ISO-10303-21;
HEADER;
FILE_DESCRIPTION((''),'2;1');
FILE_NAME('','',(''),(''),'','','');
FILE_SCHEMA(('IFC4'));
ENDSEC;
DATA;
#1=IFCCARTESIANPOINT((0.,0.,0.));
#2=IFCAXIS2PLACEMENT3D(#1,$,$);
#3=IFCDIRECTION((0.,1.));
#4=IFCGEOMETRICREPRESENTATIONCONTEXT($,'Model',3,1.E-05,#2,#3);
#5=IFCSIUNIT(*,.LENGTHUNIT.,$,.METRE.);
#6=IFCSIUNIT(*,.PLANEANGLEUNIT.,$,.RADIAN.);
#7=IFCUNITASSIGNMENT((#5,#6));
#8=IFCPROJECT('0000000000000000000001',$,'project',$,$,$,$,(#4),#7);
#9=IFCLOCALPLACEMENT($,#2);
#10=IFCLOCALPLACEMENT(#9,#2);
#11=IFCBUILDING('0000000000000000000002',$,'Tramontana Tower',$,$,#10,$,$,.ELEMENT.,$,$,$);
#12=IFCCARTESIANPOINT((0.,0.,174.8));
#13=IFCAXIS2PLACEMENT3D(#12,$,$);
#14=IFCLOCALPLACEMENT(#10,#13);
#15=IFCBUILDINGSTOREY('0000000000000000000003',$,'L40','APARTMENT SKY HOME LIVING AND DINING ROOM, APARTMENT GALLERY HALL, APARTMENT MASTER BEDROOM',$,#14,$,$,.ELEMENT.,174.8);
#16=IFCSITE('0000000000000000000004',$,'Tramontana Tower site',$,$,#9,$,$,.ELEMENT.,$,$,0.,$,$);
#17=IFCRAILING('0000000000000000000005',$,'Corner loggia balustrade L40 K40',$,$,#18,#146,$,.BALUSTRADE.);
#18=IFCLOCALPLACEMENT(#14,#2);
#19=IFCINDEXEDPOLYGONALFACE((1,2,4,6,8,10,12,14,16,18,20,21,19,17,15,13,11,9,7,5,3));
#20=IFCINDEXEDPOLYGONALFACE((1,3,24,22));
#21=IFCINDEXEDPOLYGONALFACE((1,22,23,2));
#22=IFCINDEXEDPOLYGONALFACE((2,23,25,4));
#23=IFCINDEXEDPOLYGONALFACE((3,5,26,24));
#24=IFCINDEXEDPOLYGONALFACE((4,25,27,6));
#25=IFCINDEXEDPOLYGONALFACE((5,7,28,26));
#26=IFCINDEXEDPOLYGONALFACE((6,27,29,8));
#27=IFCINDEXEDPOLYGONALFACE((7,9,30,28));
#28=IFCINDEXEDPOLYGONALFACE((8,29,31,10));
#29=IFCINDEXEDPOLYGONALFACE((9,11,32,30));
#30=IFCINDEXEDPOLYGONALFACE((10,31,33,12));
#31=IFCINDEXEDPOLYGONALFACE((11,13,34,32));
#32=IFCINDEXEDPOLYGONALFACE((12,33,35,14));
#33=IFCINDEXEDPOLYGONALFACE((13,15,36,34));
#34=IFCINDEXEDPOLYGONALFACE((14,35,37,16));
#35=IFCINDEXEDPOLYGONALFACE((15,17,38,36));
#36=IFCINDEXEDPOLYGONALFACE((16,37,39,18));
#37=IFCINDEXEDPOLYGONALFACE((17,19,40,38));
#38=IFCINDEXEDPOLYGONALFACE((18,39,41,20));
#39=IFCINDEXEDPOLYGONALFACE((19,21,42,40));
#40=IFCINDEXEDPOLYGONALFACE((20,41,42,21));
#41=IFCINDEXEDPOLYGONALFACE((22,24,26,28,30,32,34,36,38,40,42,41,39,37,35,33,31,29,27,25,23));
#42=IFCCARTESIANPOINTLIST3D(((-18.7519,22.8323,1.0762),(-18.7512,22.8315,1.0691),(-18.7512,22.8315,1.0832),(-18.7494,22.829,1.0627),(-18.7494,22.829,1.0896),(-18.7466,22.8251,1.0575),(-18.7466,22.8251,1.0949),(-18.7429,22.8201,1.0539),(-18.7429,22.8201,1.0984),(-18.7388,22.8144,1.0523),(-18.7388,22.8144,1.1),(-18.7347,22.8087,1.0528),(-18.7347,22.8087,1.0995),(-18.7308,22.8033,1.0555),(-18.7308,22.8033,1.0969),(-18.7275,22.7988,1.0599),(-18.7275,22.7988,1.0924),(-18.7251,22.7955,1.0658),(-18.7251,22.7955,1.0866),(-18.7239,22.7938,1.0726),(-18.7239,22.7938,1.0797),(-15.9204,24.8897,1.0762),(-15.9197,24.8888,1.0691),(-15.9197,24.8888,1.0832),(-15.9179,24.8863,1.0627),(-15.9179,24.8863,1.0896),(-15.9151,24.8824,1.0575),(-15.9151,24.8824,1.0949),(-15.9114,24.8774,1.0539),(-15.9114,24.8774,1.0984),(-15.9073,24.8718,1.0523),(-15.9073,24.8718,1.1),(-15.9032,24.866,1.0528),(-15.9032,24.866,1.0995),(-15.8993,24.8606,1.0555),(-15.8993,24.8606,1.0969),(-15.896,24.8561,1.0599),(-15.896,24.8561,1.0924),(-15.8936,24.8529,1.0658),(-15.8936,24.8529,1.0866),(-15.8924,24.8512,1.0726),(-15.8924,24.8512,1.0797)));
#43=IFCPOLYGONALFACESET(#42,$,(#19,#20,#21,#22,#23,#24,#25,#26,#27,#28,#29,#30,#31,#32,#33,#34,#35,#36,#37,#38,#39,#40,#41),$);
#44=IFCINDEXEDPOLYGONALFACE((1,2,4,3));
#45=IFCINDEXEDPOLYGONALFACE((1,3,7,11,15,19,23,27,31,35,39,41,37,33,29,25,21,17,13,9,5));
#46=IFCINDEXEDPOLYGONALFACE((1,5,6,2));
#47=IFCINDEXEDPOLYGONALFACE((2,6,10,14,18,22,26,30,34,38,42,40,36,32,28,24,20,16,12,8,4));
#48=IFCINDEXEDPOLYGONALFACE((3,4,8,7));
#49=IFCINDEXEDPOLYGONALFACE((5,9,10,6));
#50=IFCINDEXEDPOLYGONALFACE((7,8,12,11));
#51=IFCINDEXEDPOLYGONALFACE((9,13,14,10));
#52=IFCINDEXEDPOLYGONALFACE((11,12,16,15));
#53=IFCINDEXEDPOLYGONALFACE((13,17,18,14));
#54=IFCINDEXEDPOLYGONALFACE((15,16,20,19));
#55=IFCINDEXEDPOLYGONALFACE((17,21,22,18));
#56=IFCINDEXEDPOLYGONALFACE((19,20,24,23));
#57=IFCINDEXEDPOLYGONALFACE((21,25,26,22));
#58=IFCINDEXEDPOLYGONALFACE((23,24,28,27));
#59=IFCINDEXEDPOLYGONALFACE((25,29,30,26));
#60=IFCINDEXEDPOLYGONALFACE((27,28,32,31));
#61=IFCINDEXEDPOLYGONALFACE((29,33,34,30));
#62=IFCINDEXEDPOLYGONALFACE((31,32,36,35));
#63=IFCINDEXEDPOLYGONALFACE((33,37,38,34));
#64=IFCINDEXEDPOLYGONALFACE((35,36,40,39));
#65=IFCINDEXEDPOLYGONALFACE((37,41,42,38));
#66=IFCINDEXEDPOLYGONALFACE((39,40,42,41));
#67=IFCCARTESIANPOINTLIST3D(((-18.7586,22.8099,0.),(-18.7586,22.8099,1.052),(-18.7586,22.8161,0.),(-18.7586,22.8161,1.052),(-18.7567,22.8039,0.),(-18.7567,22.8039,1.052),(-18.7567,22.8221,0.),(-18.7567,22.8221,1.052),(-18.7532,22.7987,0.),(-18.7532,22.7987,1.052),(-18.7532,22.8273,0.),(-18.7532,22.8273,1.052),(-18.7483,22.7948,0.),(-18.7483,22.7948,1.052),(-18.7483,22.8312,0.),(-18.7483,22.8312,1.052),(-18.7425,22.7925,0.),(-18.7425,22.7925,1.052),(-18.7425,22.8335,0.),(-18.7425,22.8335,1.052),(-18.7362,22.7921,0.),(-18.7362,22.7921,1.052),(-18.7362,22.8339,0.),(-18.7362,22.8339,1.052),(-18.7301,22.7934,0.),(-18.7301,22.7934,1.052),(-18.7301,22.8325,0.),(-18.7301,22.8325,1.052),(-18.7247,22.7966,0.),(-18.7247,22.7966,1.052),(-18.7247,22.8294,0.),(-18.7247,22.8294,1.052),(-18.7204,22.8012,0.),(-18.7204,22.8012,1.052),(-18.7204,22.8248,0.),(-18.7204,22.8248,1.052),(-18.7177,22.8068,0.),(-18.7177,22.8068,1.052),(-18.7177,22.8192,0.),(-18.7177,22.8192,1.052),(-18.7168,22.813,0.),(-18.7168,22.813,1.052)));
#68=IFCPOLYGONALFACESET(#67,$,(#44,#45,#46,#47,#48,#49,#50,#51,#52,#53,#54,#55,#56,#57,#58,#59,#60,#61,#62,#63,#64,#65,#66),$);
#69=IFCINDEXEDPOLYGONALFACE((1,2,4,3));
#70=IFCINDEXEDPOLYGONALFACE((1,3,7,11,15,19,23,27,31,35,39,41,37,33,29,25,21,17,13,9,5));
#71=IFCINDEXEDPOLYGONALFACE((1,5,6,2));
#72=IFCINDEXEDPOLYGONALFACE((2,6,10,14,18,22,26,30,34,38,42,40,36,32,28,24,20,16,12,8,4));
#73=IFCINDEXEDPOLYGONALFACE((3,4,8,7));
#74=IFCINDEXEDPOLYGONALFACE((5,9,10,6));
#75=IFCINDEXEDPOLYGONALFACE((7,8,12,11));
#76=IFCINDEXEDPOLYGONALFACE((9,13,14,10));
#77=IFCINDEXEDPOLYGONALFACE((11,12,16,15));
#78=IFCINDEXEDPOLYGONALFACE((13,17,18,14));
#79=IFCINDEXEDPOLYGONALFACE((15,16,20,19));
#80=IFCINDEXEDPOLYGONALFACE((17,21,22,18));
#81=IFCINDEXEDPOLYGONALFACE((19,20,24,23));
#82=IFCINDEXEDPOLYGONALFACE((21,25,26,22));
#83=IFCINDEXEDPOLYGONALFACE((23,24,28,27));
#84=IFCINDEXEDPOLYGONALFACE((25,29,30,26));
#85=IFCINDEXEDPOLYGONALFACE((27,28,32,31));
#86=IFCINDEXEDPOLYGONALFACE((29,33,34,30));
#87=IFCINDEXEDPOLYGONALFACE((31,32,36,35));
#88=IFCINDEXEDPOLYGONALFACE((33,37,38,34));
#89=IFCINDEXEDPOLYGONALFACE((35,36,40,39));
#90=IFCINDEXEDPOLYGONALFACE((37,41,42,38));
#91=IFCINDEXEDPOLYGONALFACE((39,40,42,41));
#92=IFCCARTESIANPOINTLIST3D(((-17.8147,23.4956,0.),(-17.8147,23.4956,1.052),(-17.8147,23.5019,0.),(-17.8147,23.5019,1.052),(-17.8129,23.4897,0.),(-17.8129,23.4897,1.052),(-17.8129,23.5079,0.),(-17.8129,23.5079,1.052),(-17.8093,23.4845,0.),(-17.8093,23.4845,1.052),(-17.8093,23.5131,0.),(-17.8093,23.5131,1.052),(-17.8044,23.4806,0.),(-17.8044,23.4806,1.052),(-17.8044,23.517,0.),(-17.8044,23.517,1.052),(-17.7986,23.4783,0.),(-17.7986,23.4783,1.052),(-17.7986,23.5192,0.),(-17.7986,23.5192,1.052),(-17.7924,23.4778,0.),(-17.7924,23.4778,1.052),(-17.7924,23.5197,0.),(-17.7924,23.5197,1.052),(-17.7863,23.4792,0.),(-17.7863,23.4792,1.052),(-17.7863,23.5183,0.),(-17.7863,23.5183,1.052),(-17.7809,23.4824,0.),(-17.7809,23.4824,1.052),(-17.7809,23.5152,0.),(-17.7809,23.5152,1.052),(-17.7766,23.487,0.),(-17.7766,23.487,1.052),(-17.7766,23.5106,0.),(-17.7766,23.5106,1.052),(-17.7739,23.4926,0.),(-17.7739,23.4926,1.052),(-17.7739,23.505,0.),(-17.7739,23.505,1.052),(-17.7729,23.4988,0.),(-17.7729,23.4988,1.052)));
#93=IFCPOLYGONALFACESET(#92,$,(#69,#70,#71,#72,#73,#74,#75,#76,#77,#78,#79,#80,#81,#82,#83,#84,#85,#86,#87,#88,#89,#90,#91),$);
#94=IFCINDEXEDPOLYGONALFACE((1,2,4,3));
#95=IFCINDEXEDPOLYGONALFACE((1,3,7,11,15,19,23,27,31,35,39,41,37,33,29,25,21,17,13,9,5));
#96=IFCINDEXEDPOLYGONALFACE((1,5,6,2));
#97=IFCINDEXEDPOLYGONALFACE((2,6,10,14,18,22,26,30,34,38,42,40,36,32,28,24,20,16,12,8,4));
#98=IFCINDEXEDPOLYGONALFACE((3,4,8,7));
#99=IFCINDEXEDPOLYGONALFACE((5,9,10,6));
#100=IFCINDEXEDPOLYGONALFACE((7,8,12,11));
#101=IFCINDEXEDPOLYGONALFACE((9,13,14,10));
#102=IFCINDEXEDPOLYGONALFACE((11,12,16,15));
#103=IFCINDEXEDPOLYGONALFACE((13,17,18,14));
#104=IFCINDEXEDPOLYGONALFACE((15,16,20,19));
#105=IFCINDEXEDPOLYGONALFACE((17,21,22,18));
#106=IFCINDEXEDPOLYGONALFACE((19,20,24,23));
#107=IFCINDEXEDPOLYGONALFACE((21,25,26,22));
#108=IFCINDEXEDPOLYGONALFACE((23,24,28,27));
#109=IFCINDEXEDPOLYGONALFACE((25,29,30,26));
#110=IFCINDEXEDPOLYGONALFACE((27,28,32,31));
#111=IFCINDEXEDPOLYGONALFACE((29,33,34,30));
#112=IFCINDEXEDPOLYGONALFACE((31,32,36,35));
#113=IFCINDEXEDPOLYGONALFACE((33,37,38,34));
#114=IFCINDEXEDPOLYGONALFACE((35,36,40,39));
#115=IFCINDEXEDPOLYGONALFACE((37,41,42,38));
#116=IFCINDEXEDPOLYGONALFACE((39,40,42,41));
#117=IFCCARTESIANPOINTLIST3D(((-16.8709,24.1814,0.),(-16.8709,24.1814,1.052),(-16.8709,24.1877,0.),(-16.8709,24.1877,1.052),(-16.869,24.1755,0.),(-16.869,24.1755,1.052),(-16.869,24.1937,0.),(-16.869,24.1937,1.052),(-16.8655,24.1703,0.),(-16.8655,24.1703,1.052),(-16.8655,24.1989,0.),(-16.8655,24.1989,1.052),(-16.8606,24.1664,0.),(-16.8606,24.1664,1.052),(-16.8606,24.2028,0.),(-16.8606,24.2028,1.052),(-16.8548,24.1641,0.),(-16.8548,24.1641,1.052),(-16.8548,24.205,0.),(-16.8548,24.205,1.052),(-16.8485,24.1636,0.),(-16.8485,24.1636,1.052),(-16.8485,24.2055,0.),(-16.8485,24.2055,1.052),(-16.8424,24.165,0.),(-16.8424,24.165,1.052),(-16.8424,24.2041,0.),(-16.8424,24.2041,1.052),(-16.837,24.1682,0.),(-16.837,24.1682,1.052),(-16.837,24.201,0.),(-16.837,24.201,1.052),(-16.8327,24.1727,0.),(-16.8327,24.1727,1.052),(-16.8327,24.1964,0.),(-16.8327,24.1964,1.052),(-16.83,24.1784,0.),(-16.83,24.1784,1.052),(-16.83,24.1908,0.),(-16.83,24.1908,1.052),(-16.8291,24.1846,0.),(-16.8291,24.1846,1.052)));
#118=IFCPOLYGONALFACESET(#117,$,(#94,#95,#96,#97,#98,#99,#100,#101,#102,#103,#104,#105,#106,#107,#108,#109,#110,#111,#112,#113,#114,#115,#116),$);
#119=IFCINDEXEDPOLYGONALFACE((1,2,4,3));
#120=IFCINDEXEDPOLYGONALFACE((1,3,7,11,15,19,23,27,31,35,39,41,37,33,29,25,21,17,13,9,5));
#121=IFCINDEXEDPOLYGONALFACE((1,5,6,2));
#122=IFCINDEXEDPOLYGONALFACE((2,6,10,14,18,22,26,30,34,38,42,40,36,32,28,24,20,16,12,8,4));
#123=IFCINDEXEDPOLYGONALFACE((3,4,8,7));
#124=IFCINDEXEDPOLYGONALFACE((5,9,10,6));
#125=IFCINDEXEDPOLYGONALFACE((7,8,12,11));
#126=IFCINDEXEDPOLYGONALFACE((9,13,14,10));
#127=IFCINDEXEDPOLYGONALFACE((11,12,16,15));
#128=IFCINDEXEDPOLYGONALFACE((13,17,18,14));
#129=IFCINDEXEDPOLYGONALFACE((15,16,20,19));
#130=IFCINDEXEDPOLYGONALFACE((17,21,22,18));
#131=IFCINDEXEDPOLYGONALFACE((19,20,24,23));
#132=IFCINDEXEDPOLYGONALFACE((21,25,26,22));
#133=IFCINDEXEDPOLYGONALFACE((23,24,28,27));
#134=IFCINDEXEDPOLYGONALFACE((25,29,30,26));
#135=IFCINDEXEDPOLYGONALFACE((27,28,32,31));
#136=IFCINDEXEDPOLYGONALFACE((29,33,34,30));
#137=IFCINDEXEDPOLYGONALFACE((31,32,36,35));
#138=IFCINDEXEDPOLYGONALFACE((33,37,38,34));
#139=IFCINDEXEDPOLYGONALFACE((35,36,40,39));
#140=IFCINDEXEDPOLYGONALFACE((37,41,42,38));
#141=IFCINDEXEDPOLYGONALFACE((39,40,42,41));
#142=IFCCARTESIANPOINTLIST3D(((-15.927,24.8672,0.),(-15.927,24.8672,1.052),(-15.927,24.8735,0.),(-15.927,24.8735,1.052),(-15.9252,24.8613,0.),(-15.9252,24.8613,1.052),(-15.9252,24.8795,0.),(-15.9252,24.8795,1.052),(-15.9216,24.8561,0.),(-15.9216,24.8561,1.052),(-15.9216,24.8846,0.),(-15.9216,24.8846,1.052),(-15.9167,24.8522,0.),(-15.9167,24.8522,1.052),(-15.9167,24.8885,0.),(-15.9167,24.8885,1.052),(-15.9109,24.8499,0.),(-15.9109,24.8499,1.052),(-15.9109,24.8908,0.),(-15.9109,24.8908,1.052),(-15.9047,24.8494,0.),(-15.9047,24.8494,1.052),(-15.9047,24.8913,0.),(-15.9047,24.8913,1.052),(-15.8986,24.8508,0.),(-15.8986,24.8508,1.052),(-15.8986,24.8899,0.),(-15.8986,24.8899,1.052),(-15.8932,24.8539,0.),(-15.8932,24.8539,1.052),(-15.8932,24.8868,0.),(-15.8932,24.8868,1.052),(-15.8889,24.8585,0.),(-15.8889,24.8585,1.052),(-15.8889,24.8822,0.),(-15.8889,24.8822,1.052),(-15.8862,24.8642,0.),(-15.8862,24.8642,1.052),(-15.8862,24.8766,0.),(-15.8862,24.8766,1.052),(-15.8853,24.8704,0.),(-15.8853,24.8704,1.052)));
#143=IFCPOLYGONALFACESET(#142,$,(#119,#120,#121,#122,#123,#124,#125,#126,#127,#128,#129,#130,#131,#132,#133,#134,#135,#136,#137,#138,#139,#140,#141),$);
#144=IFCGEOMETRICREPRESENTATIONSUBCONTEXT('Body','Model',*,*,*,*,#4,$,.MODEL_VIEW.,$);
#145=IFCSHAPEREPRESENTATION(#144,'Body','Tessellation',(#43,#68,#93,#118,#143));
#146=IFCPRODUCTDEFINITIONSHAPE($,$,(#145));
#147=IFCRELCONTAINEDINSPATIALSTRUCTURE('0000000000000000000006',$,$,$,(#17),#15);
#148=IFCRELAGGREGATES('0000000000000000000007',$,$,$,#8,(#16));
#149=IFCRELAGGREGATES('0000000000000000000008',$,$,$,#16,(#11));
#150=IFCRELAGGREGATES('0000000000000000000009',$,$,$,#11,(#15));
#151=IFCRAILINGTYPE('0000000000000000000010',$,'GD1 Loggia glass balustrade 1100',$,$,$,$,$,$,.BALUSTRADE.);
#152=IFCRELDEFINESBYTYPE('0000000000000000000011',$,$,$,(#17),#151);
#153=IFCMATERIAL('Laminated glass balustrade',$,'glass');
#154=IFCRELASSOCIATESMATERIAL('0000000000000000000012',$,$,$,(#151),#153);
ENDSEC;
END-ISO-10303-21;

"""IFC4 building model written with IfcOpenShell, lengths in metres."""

from ifc_helpers import new_model, si_unit, direction, frame, origin, origin_2d, place, context, subcontext, project, spatial, circle, extrude, material, type_object, element, save


model = new_model("IFC4")

# Units and contexts
model_context = context("Model", 3, precision=1e-05, world=origin(), true_north=direction((0.0, 1.0)))
body_context = subcontext(model_context, "Body", "Model", "MODEL_VIEW")
ifc_project = project(units=[si_unit("LENGTHUNIT", "METRE"), si_unit("PLANEANGLEUNIT", "RADIAN")], contexts=[model_context])

# Site, building, storey
site_placement = place(None, origin())
site = spatial("IfcSite", under=ifc_project, at=site_placement, Name="Tramontana Tower site", CompositionType="ELEMENT", RefElevation=0.0)
building_placement = place(site_placement, origin())
building = spatial("IfcBuilding", under=site, at=building_placement, Name="Tramontana Tower", CompositionType="ELEMENT")
storey_placement = place(building_placement, frame((0.0, 0.0, 174.8)))
storey = spatial("IfcBuildingStorey", under=building, at=storey_placement, Name="L40", Description="APARTMENT SKY HOME LIVING AND DINING ROOM, APARTMENT GALLERY HALL, APARTMENT MASTER BEDROOM", CompositionType="ELEMENT", Elevation=174.8)

# Railing
ifc_material_1 = material(Name="Laminated glass balustrade", Category="glass")
railing_type = type_object("IfcRailingType", Name="GD1 Loggia glass balustrade 1100", PredefinedType="BALUSTRADE", material=ifc_material_1)
railing_1_placement = place(storey_placement, frame((-18.7378, 22.813, 0.0)))
element("IfcRailing", 1, at=railing_1_placement, inside=storey, type_object=railing_type, Name="Corner loggia balustrade L40 K40", PredefinedType="BALUSTRADE", context=body_context, shape_type="SweptSolid", body=[
    extrude(circle(Radius=0.0239, at=origin_2d()), frame((0.0, 0.0, 1.0762), z_axis=(0.808998, 0.587811, 0.0), x_axis=(-0.587811, 0.808998, 0.0)), (0.0, 0.0, 1.0), 3.5),
    extrude(circle(Radius=0.021, at=origin_2d()), origin(), (0.0, 0.0, 1.0), 1.052),
    extrude(circle(Radius=0.021, at=origin_2d()), frame((0.9438, 0.6858, 0.0)), (0.0, 0.0, 1.0), 1.052),
    extrude(circle(Radius=0.021, at=origin_2d()), frame((1.8877, 1.3716, 0.0)), (0.0, 0.0, 1.0), 1.052),
    extrude(circle(Radius=0.021, at=origin_2d()), frame((2.8315, 2.0574, 0.0)), (0.0, 0.0, 1.0), 1.052),
])

save(model, "model.ifc")
